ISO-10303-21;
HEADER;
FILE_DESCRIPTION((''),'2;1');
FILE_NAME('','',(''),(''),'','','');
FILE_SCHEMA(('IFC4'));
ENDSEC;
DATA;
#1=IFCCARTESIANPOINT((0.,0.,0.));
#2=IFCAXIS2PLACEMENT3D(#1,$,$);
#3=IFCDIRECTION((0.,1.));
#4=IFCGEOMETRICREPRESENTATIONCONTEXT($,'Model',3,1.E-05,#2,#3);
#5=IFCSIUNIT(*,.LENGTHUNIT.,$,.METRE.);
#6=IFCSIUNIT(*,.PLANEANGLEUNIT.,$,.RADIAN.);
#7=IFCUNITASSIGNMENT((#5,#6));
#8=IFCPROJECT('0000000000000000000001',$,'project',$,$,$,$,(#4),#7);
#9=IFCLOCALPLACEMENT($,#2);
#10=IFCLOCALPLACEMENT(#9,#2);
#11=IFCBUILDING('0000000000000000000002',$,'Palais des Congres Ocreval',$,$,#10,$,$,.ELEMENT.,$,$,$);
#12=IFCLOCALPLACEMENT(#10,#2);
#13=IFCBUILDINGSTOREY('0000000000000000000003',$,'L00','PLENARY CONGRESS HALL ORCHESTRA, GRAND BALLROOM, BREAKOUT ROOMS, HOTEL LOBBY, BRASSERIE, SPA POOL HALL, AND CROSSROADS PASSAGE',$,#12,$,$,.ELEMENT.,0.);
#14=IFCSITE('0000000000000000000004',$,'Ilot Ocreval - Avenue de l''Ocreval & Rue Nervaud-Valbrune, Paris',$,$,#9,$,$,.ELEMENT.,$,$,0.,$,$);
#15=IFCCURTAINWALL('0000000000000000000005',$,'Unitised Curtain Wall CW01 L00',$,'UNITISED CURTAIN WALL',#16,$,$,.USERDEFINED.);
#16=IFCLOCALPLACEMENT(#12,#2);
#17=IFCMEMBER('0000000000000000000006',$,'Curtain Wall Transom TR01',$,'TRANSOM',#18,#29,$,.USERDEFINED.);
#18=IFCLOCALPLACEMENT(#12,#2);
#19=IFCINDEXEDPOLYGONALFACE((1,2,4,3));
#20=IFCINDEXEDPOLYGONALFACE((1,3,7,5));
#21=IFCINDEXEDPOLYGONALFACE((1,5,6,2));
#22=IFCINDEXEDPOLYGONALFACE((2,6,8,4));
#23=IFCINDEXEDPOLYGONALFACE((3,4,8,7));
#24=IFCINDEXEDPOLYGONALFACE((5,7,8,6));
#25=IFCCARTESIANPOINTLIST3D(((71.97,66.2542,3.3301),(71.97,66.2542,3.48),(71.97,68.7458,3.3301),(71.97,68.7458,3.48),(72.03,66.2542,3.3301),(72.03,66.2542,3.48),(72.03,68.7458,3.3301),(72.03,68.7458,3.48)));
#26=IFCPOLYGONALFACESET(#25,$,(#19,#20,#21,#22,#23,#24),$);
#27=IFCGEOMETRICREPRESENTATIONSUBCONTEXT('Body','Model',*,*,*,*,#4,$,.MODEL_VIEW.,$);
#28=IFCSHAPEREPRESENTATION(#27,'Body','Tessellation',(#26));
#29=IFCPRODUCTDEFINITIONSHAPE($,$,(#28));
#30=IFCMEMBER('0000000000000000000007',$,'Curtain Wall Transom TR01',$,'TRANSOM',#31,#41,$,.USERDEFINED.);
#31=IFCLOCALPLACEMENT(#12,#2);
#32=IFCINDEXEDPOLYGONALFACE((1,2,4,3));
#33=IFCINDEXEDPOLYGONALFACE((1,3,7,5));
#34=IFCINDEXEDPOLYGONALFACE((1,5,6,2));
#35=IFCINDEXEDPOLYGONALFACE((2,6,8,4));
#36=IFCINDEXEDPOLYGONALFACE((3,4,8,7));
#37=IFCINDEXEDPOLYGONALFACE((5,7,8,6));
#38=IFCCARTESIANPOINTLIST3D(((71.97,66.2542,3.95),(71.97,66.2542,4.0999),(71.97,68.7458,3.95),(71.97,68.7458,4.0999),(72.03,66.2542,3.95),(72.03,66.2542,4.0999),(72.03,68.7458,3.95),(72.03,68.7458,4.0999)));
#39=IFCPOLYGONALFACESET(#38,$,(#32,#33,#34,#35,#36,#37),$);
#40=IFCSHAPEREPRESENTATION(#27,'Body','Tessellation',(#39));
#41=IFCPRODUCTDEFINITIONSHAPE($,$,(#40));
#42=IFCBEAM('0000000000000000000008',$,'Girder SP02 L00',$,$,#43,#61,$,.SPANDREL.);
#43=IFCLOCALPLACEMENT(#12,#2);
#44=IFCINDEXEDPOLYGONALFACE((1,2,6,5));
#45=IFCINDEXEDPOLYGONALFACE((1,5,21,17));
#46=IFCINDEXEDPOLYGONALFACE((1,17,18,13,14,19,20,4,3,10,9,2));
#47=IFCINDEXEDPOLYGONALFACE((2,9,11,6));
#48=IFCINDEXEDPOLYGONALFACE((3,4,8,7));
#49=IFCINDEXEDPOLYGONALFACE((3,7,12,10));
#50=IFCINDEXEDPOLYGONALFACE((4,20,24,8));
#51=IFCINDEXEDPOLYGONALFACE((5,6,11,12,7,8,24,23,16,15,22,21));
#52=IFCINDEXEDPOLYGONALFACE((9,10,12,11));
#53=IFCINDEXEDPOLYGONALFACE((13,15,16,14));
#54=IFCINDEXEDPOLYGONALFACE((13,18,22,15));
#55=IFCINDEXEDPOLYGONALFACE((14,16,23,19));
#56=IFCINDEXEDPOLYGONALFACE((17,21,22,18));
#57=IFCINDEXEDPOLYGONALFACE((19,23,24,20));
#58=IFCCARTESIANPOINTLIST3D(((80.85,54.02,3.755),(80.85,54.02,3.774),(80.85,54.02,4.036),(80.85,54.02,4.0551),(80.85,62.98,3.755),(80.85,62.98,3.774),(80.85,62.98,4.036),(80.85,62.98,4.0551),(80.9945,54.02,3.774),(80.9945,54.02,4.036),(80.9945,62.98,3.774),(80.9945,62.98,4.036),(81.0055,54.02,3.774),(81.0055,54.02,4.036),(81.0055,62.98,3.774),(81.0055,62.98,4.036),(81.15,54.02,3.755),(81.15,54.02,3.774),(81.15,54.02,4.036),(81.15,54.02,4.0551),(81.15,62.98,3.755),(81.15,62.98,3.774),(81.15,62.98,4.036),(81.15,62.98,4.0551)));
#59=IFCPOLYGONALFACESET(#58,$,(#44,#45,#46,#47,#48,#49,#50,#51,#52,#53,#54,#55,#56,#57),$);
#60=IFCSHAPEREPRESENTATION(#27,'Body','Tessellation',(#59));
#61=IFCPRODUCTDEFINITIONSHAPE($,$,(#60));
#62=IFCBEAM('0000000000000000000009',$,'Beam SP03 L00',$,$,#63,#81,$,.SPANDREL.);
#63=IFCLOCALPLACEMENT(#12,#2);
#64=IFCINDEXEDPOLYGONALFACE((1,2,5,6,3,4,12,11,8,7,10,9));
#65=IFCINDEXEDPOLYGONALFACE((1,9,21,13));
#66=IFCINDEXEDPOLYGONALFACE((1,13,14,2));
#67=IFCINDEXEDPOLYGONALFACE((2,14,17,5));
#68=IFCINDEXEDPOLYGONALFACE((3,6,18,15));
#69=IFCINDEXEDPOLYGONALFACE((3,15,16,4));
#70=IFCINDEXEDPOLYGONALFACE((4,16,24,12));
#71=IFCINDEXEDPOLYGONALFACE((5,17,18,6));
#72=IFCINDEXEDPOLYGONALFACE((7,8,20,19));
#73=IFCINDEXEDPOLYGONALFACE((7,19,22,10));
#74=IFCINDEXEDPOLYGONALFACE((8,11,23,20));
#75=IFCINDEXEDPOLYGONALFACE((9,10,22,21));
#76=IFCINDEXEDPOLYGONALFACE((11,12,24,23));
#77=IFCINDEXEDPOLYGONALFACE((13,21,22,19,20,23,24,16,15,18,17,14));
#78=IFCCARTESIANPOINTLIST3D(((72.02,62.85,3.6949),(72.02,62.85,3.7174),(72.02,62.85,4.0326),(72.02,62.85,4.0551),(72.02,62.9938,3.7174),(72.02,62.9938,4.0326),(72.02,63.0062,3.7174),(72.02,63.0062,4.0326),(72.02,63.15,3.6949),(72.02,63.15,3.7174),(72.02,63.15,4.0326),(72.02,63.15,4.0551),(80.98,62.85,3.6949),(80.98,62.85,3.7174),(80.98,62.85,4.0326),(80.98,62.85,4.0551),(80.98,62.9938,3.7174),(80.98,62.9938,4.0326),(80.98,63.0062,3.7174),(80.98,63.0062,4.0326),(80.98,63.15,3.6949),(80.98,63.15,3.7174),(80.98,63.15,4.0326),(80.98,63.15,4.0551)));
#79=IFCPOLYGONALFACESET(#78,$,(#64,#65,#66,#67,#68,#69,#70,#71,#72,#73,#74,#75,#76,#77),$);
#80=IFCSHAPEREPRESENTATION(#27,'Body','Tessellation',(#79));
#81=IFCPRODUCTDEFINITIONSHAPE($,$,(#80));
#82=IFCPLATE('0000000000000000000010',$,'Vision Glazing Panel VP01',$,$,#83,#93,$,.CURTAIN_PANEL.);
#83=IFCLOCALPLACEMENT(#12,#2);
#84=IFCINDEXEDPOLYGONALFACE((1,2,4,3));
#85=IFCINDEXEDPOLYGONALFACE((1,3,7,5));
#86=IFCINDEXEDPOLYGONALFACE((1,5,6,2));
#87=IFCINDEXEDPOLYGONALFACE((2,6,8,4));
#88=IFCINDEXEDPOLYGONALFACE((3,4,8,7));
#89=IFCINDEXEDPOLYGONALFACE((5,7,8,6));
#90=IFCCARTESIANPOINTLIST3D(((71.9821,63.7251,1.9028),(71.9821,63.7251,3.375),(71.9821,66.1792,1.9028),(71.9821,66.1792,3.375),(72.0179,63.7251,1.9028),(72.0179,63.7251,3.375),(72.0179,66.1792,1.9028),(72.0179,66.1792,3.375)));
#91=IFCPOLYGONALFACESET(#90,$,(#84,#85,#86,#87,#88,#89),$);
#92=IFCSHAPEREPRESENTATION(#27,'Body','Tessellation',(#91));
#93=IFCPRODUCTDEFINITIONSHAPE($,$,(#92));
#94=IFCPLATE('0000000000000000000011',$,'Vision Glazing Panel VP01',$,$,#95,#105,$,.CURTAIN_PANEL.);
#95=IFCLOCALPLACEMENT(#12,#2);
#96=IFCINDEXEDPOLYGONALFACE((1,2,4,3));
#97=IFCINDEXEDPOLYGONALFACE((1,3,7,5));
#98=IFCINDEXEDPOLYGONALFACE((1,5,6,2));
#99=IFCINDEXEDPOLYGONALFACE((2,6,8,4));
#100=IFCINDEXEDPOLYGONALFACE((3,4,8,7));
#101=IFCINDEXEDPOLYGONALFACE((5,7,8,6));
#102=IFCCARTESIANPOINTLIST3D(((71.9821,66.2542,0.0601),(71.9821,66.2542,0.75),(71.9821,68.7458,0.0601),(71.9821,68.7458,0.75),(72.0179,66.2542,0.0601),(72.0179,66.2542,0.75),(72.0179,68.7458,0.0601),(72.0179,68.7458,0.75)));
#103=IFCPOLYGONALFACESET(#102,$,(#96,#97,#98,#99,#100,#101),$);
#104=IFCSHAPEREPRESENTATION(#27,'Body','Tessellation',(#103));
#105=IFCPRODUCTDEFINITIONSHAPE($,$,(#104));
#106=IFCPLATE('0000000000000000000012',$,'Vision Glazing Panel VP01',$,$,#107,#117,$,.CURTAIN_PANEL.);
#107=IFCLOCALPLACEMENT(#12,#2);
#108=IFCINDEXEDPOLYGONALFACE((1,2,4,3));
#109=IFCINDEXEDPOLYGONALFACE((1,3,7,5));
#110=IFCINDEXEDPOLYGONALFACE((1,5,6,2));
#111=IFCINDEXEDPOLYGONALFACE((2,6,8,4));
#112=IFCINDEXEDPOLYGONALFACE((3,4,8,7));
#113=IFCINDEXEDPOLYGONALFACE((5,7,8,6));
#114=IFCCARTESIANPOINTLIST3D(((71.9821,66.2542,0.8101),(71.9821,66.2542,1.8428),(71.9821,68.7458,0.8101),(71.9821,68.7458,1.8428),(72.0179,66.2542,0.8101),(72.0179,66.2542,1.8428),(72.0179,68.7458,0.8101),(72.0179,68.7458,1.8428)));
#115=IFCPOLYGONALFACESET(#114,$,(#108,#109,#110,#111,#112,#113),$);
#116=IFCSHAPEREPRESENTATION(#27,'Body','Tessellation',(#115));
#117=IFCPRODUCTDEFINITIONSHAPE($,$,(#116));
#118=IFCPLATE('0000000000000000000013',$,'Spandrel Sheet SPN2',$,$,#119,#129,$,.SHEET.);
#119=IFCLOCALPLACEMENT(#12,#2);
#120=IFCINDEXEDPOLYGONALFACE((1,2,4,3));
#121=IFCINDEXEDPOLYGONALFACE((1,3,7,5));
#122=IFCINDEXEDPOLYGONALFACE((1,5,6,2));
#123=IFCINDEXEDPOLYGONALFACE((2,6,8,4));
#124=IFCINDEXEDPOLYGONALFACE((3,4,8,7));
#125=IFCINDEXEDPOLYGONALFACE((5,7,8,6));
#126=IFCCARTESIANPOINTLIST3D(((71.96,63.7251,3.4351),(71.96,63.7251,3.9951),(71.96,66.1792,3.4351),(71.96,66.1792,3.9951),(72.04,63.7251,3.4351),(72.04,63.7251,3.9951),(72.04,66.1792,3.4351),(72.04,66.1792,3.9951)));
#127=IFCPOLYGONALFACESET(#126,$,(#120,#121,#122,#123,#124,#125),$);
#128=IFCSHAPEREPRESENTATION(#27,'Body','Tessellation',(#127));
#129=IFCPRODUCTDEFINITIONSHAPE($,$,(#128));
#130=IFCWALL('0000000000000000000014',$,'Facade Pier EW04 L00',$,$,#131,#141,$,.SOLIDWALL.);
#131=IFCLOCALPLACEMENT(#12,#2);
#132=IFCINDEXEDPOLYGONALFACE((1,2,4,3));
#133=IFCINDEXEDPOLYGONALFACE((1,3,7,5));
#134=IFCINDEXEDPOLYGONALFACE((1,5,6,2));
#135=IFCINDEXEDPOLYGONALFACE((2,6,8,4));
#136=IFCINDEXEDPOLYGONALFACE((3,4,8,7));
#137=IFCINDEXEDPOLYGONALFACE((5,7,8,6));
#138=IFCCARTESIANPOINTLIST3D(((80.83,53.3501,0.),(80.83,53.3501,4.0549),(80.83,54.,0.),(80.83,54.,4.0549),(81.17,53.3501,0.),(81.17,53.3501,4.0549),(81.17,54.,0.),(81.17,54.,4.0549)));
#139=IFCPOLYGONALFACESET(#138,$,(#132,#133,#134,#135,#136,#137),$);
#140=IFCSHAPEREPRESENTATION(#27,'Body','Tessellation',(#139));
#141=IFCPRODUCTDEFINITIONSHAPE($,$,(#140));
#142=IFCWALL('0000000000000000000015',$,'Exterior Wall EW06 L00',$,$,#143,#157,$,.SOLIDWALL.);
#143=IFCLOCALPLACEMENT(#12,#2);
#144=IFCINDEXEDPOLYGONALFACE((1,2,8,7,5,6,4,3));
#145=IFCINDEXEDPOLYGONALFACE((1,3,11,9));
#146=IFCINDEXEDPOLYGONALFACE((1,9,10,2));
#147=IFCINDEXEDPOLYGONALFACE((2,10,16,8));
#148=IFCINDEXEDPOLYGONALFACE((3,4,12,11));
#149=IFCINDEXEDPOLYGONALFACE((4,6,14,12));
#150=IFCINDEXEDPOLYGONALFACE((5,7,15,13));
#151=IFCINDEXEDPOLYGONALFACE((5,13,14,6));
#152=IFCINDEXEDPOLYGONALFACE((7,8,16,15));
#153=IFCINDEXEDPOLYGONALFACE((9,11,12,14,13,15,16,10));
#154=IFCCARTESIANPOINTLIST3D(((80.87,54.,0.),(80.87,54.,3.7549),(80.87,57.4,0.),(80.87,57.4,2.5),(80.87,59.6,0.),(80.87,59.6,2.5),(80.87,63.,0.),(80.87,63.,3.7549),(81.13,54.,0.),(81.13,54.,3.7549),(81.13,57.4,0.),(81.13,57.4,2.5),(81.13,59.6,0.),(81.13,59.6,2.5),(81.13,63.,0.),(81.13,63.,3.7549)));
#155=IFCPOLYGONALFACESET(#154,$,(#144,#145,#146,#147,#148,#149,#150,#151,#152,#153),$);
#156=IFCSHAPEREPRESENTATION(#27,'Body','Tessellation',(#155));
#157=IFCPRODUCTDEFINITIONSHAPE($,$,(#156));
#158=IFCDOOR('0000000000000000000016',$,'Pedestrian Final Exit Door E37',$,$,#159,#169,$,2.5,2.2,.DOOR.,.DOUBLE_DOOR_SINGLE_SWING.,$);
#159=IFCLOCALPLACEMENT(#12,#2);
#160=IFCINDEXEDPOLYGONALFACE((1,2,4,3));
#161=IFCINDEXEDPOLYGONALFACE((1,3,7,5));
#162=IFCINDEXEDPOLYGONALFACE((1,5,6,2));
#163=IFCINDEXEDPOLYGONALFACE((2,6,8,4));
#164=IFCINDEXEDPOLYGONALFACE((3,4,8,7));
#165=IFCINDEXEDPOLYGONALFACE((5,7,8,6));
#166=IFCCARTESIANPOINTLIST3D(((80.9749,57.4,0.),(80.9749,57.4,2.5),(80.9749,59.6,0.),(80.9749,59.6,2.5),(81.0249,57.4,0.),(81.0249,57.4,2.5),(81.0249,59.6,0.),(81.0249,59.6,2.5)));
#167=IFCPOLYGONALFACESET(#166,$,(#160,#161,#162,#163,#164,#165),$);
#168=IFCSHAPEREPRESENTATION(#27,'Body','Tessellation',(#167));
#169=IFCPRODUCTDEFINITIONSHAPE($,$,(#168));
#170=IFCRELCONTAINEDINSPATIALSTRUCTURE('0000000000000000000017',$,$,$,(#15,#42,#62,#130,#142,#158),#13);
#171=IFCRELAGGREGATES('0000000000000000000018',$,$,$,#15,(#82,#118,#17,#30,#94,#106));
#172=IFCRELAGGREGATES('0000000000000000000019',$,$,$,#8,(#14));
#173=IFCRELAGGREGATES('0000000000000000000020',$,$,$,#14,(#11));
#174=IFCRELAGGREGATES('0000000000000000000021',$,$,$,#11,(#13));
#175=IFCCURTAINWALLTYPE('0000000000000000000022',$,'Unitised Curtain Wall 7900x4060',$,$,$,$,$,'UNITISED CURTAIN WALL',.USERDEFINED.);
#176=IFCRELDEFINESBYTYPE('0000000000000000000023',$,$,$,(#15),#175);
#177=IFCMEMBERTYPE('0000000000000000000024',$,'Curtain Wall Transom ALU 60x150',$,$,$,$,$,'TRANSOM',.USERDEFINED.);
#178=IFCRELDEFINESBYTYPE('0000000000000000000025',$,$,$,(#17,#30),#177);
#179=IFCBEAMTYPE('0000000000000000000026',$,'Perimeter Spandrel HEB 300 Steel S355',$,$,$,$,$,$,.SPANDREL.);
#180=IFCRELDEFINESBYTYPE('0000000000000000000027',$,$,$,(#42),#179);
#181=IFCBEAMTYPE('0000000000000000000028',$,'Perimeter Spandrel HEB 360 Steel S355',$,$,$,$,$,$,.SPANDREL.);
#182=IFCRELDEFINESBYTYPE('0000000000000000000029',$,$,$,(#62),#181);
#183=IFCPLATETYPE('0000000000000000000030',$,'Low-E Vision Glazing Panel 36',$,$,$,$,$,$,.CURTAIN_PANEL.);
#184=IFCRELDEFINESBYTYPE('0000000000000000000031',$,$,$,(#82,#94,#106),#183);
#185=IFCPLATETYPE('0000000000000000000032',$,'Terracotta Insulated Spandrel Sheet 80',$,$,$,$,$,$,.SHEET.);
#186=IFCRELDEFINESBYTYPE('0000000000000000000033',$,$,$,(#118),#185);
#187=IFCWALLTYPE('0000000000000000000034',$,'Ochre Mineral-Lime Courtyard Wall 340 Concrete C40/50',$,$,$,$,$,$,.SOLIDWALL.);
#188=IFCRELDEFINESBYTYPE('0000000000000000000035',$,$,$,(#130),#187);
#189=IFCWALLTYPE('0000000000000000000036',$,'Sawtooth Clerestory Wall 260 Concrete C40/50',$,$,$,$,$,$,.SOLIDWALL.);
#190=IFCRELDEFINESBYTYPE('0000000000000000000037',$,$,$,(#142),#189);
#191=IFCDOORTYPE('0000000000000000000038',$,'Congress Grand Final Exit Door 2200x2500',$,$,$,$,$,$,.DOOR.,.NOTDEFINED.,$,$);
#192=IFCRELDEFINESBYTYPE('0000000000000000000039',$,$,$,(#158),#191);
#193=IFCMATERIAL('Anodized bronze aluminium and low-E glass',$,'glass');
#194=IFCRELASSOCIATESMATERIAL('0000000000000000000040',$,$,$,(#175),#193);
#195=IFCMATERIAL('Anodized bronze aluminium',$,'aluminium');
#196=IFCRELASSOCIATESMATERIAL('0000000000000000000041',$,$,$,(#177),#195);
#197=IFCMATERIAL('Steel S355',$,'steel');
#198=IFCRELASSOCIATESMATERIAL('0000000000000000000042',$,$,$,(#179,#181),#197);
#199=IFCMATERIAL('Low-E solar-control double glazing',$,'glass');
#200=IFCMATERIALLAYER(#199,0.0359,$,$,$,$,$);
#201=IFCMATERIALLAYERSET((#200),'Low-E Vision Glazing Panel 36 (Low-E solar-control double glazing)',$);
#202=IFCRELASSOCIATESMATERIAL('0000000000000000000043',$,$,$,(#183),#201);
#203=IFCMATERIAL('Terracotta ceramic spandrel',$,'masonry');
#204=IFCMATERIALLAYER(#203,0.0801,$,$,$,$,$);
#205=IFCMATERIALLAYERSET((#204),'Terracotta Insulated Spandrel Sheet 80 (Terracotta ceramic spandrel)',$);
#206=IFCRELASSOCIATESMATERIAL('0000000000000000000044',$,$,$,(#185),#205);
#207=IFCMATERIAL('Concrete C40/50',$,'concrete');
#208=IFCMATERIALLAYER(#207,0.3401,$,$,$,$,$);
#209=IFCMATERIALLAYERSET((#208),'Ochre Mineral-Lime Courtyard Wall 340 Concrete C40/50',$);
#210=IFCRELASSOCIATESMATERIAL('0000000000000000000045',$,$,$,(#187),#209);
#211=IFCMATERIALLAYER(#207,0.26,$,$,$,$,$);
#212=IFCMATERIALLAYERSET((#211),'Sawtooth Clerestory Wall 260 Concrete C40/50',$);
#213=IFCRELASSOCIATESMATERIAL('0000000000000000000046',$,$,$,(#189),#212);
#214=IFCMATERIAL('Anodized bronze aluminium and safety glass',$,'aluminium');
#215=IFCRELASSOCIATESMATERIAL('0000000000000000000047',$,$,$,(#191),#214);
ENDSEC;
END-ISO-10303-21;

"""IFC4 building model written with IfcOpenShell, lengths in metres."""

from ifc_helpers import new_model, si_unit, direction, frame, frame_2d, origin, origin_2d, place, context, subcontext, project, spatial, rectangle, i_section, extrude, material, layer, layer_set, material_profile, profile_set, type_object, element, fill, aggregate, save


model = new_model("IFC4")

# Units and contexts
model_context = context("Model", 3, precision=1e-05, world=origin(), true_north=direction((0.0, 1.0)))
body_context = subcontext(model_context, "Body", "Model", "MODEL_VIEW")
ifc_project = project(units=[si_unit("LENGTHUNIT", "METRE"), si_unit("PLANEANGLEUNIT", "RADIAN")], contexts=[model_context])

# Site, building, storey
site_placement = place(None, origin())
site = spatial("IfcSite", under=ifc_project, at=site_placement, Name="Ilot Ocreval - Avenue de l'Ocreval & Rue Nervaud-Valbrune, Paris", CompositionType="ELEMENT", RefElevation=0.0)
building_placement = place(site_placement, origin())
building = spatial("IfcBuilding", under=site, at=building_placement, Name="Palais des Congres Ocreval", CompositionType="ELEMENT")
storey_placement = place(building_placement, origin())
storey = spatial("IfcBuildingStorey", under=building, at=storey_placement, Name="L00", Description="PLENARY CONGRESS HALL ORCHESTRA, GRAND BALLROOM, BREAKOUT ROOMS, HOTEL LOBBY, BRASSERIE, SPA POOL HALL, AND CROSSROADS PASSAGE", CompositionType="ELEMENT", Elevation=0.0)

# Shared definitions
ifc_material_1 = material(Name="Steel S355", Category="steel")

# Curtain wall, members
ifc_material_2 = material(Name="Anodized bronze aluminium and low-E glass", Category="glass")
curtain_wall_type = type_object("IfcCurtainWallType", Name="Unitised Curtain Wall 7900x4060", ElementType="UNITISED CURTAIN WALL", PredefinedType="USERDEFINED", material=ifc_material_2)
curtain_wall_placement = place(storey_placement, origin())
curtain_wall = element("IfcCurtainWall", 1, at=curtain_wall_placement, inside=storey, type_object=curtain_wall_type, Name="Unitised Curtain Wall CW01 L00", ObjectType="UNITISED CURTAIN WALL", PredefinedType="USERDEFINED")
ifc_material_3 = material(Name="Anodized bronze aluminium", Category="aluminium")
ifc_material_profile_1 = material_profile(ifc_material_3, rectangle(XDim=0.0601, YDim=0.1499, at=origin_2d()), Name="ALU 60x150")
ifc_profile_set_1 = profile_set([ifc_material_profile_1], Name="Anodized bronze aluminium")
member_type_1 = type_object("IfcMemberType", Name="Curtain Wall Transom ALU 60x150", ElementType="TRANSOM", PredefinedType="USERDEFINED", material=ifc_profile_set_1)
member_1_placement = place(storey_placement, frame((72.0, 66.2542, 3.405), z_axis=(0.0, 1.0, 0.0), x_axis=(-1.0, 0.0, 0.0)))
member_1 = element("IfcMember", 2, at=member_1_placement, type_object=member_type_1, Name="Curtain Wall Transom TR01", ObjectType="TRANSOM", PredefinedType="USERDEFINED", context=body_context, shape_type="SweptSolid", body=[
    extrude(rectangle(XDim=0.0601, YDim=0.1499, at=origin_2d()), origin(), (0.0, 0.0, 1.0), 2.4917),
])
member_2_placement = place(storey_placement, frame((72.0, 66.2542, 4.0249), z_axis=(0.0, 1.0, 0.0), x_axis=(-1.0, 0.0, 0.0)))
member_2 = element("IfcMember", 3, at=member_2_placement, type_object=member_type_1, Name="Curtain Wall Transom TR01", ObjectType="TRANSOM", PredefinedType="USERDEFINED", context=body_context, shape_type="SweptSolid", body=[
    extrude(rectangle(XDim=0.0601, YDim=0.1499, at=origin_2d()), origin(), (0.0, 0.0, 1.0), 2.4917),
])

# Beams
ifc_material_profile_2 = material_profile(ifc_material_1, i_section(OverallWidth=0.3, OverallDepth=0.3, WebThickness=0.011, FlangeThickness=0.019, at=origin_2d()), Name="HEB 300")
ifc_profile_set_2 = profile_set([ifc_material_profile_2], Name="Steel S355")
beam_type_1 = type_object("IfcBeamType", Name="Perimeter Spandrel HEB 300 Steel S355", PredefinedType="SPANDREL", material=ifc_profile_set_2)
beam_1_placement = place(storey_placement, frame((81.0, 54.02, 3.905), z_axis=(0.0, 1.0, 0.0), x_axis=(-1.0, 0.0, 0.0)))
element("IfcBeam", 4, at=beam_1_placement, inside=storey, type_object=beam_type_1, Name="Girder SP02 L00", PredefinedType="SPANDREL", context=body_context, shape_type="SweptSolid", body=[
    extrude(i_section(OverallWidth=0.3, OverallDepth=0.3, WebThickness=0.011, FlangeThickness=0.019, at=origin_2d()), origin(), (0.0, 0.0, 1.0), 8.96),
])
ifc_material_profile_3 = material_profile(ifc_material_1, i_section(OverallWidth=0.3, OverallDepth=0.3601, WebThickness=0.0125, FlangeThickness=0.0225, at=origin_2d()), Name="HEB 360")
ifc_profile_set_3 = profile_set([ifc_material_profile_3], Name="Steel S355")
beam_type_2 = type_object("IfcBeamType", Name="Perimeter Spandrel HEB 360 Steel S355", PredefinedType="SPANDREL", material=ifc_profile_set_3)
beam_2_placement = place(storey_placement, frame((72.02, 63.0, 3.875), z_axis=(1.0, 0.0, 0.0), x_axis=(0.0, 1.0, 0.0)))
element("IfcBeam", 5, at=beam_2_placement, inside=storey, type_object=beam_type_2, Name="Beam SP03 L00", PredefinedType="SPANDREL", context=body_context, shape_type="SweptSolid", body=[
    extrude(i_section(OverallWidth=0.3, OverallDepth=0.3601, WebThickness=0.0125, FlangeThickness=0.0225, at=origin_2d()), origin(), (0.0, 0.0, 1.0), 8.96),
])

# Plates
ifc_material_4 = material(Name="Low-E solar-control double glazing", Category="glass")
ifc_layer_1 = layer(ifc_material_4, 0.0359)
ifc_layer_set_1 = layer_set([ifc_layer_1], Name="Low-E Vision Glazing Panel 36 (Low-E solar-control double glazing)")
plate_type_1 = type_object("IfcPlateType", Name="Low-E Vision Glazing Panel 36", PredefinedType="CURTAIN_PANEL", material=ifc_layer_set_1)
plate_1_placement = place(storey_placement, frame((72.0, 64.9521, 1.9028), z_axis=(0.0, 0.0, 1.0), x_axis=(0.0, 1.0, 0.0)))
plate_1 = element("IfcPlate", 6, at=plate_1_placement, type_object=plate_type_1, Name="Vision Glazing Panel VP01", PredefinedType="CURTAIN_PANEL", context=body_context, shape_type="SweptSolid", body=[
    extrude(rectangle(XDim=2.4541, YDim=0.0359, at=origin_2d()), origin(), (0.0, 0.0, 1.0), 1.4722),
])
plate_2_placement = place(storey_placement, frame((72.0, 67.5, 0.0601), z_axis=(0.0, 0.0, 1.0), x_axis=(0.0, 1.0, 0.0)))
plate_2 = element("IfcPlate", 7, at=plate_2_placement, type_object=plate_type_1, Name="Vision Glazing Panel VP01", PredefinedType="CURTAIN_PANEL", context=body_context, shape_type="SweptSolid", body=[
    extrude(rectangle(XDim=2.4917, YDim=0.0359, at=origin_2d()), origin(), (0.0, 0.0, 1.0), 0.6899),
])
plate_3_placement = place(storey_placement, frame((72.0, 67.5, 0.8101), z_axis=(0.0, 0.0, 1.0), x_axis=(0.0, 1.0, 0.0)))
plate_3 = element("IfcPlate", 8, at=plate_3_placement, type_object=plate_type_1, Name="Vision Glazing Panel VP01", PredefinedType="CURTAIN_PANEL", context=body_context, shape_type="SweptSolid", body=[
    extrude(rectangle(XDim=2.4917, YDim=0.0359, at=origin_2d()), origin(), (0.0, 0.0, 1.0), 1.0327),
])
ifc_material_5 = material(Name="Terracotta ceramic spandrel", Category="masonry")
ifc_layer_2 = layer(ifc_material_5, 0.0801)
ifc_layer_set_2 = layer_set([ifc_layer_2], Name="Terracotta Insulated Spandrel Sheet 80 (Terracotta ceramic spandrel)")
plate_type_2 = type_object("IfcPlateType", Name="Terracotta Insulated Spandrel Sheet 80", PredefinedType="SHEET", material=ifc_layer_set_2)
plate_4_placement = place(storey_placement, frame((72.0, 64.9521, 3.4351), z_axis=(0.0, 0.0, 1.0), x_axis=(0.0, 1.0, 0.0)))
plate_4 = element("IfcPlate", 9, at=plate_4_placement, type_object=plate_type_2, Name="Spandrel Sheet SPN2", PredefinedType="SHEET", context=body_context, shape_type="SweptSolid", body=[
    extrude(rectangle(XDim=2.4541, YDim=0.0801, at=origin_2d()), origin(), (0.0, 0.0, 1.0), 0.5601),
])
aggregate(curtain_wall, [plate_1, plate_4, member_1, member_2, plate_2, plate_3])

# Wall
ifc_material_6 = material(Name="Concrete C40/50", Category="concrete")
ifc_layer_3 = layer(ifc_material_6, 0.3401)
ifc_layer_set_3 = layer_set([ifc_layer_3], Name="Ochre Mineral-Lime Courtyard Wall 340 Concrete C40/50")
wall_type_1 = type_object("IfcWallType", Name="Ochre Mineral-Lime Courtyard Wall 340 Concrete C40/50", PredefinedType="SOLIDWALL", material=ifc_layer_set_3)
wall_1_placement = place(storey_placement, frame((81.0, 54.0, 0.0), z_axis=(0.0, 0.0, 1.0), x_axis=(0.0, -1.0, 0.0)))
element("IfcWall", 10, at=wall_1_placement, inside=storey, type_object=wall_type_1, Name="Facade Pier EW04 L00", PredefinedType="SOLIDWALL", context=body_context, shape_type="SweptSolid", body=[
    extrude(rectangle(XDim=0.6499, YDim=0.3401, at=frame_2d((0.325, 0.0))), origin(), (0.0, 0.0, 1.0), 4.0549),
])

# Wall, opening, door
ifc_layer_4 = layer(ifc_material_6, 0.26)
ifc_layer_set_4 = layer_set([ifc_layer_4], Name="Sawtooth Clerestory Wall 260 Concrete C40/50")
wall_type_2 = type_object("IfcWallType", Name="Sawtooth Clerestory Wall 260 Concrete C40/50", PredefinedType="SOLIDWALL", material=ifc_layer_set_4)
wall_2_placement = place(storey_placement, frame((81.0, 63.0, 0.0), z_axis=(0.0, 0.0, 1.0), x_axis=(0.0, -1.0, 0.0)))
wall_2 = element("IfcWall", 11, at=wall_2_placement, inside=storey, type_object=wall_type_2, Name="Exterior Wall EW06 L00", PredefinedType="SOLIDWALL", context=body_context, shape_type="SweptSolid", body=[
    extrude(rectangle(XDim=9.0, YDim=0.26, at=frame_2d((4.5, 0.0))), origin(), (0.0, 0.0, 1.0), 3.7549),
])
opening_placement = place(wall_2_placement, frame((3.3999, 0.0, 0.0)))
opening = element("IfcOpeningElement", 12, at=opening_placement, cuts=wall_2, PredefinedType="OPENING", context=body_context, shape_type="SweptSolid", body=[
    extrude(rectangle(XDim=2.2, YDim=2.5, at=frame_2d((1.1001, 1.25))), frame((0.0, 0.1399, 0.0), z_axis=(0.0, -1.0, 0.0), x_axis=(1.0, 0.0, 0.0)), (0.0, 0.0, 1.0), 0.28),
])
ifc_material_7 = material(Name="Anodized bronze aluminium and safety glass", Category="aluminium")
door_type = type_object("IfcDoorType", Name="Congress Grand Final Exit Door 2200x2500", OperationType="NOTDEFINED", PredefinedType="DOOR", material=ifc_material_7)
door_placement = place(opening_placement, origin())
door = element("IfcDoor", 13, at=door_placement, inside=storey, type_object=door_type, Name="Pedestrian Final Exit Door E37", OperationType="DOUBLE_DOOR_SINGLE_SWING", OverallHeight=2.5, OverallWidth=2.2, PredefinedType="DOOR", context=body_context, shape_type="SweptSolid", body=[
    extrude(rectangle(XDim=2.2, YDim=2.5, at=frame_2d((1.1001, 1.25))), frame((0.0, 0.0249, 0.0), z_axis=(0.0, -1.0, 0.0), x_axis=(1.0, 0.0, 0.0)), (0.0, 0.0, 1.0), 0.05),
])
fill(opening, door)

save(model, "model.ifc")
